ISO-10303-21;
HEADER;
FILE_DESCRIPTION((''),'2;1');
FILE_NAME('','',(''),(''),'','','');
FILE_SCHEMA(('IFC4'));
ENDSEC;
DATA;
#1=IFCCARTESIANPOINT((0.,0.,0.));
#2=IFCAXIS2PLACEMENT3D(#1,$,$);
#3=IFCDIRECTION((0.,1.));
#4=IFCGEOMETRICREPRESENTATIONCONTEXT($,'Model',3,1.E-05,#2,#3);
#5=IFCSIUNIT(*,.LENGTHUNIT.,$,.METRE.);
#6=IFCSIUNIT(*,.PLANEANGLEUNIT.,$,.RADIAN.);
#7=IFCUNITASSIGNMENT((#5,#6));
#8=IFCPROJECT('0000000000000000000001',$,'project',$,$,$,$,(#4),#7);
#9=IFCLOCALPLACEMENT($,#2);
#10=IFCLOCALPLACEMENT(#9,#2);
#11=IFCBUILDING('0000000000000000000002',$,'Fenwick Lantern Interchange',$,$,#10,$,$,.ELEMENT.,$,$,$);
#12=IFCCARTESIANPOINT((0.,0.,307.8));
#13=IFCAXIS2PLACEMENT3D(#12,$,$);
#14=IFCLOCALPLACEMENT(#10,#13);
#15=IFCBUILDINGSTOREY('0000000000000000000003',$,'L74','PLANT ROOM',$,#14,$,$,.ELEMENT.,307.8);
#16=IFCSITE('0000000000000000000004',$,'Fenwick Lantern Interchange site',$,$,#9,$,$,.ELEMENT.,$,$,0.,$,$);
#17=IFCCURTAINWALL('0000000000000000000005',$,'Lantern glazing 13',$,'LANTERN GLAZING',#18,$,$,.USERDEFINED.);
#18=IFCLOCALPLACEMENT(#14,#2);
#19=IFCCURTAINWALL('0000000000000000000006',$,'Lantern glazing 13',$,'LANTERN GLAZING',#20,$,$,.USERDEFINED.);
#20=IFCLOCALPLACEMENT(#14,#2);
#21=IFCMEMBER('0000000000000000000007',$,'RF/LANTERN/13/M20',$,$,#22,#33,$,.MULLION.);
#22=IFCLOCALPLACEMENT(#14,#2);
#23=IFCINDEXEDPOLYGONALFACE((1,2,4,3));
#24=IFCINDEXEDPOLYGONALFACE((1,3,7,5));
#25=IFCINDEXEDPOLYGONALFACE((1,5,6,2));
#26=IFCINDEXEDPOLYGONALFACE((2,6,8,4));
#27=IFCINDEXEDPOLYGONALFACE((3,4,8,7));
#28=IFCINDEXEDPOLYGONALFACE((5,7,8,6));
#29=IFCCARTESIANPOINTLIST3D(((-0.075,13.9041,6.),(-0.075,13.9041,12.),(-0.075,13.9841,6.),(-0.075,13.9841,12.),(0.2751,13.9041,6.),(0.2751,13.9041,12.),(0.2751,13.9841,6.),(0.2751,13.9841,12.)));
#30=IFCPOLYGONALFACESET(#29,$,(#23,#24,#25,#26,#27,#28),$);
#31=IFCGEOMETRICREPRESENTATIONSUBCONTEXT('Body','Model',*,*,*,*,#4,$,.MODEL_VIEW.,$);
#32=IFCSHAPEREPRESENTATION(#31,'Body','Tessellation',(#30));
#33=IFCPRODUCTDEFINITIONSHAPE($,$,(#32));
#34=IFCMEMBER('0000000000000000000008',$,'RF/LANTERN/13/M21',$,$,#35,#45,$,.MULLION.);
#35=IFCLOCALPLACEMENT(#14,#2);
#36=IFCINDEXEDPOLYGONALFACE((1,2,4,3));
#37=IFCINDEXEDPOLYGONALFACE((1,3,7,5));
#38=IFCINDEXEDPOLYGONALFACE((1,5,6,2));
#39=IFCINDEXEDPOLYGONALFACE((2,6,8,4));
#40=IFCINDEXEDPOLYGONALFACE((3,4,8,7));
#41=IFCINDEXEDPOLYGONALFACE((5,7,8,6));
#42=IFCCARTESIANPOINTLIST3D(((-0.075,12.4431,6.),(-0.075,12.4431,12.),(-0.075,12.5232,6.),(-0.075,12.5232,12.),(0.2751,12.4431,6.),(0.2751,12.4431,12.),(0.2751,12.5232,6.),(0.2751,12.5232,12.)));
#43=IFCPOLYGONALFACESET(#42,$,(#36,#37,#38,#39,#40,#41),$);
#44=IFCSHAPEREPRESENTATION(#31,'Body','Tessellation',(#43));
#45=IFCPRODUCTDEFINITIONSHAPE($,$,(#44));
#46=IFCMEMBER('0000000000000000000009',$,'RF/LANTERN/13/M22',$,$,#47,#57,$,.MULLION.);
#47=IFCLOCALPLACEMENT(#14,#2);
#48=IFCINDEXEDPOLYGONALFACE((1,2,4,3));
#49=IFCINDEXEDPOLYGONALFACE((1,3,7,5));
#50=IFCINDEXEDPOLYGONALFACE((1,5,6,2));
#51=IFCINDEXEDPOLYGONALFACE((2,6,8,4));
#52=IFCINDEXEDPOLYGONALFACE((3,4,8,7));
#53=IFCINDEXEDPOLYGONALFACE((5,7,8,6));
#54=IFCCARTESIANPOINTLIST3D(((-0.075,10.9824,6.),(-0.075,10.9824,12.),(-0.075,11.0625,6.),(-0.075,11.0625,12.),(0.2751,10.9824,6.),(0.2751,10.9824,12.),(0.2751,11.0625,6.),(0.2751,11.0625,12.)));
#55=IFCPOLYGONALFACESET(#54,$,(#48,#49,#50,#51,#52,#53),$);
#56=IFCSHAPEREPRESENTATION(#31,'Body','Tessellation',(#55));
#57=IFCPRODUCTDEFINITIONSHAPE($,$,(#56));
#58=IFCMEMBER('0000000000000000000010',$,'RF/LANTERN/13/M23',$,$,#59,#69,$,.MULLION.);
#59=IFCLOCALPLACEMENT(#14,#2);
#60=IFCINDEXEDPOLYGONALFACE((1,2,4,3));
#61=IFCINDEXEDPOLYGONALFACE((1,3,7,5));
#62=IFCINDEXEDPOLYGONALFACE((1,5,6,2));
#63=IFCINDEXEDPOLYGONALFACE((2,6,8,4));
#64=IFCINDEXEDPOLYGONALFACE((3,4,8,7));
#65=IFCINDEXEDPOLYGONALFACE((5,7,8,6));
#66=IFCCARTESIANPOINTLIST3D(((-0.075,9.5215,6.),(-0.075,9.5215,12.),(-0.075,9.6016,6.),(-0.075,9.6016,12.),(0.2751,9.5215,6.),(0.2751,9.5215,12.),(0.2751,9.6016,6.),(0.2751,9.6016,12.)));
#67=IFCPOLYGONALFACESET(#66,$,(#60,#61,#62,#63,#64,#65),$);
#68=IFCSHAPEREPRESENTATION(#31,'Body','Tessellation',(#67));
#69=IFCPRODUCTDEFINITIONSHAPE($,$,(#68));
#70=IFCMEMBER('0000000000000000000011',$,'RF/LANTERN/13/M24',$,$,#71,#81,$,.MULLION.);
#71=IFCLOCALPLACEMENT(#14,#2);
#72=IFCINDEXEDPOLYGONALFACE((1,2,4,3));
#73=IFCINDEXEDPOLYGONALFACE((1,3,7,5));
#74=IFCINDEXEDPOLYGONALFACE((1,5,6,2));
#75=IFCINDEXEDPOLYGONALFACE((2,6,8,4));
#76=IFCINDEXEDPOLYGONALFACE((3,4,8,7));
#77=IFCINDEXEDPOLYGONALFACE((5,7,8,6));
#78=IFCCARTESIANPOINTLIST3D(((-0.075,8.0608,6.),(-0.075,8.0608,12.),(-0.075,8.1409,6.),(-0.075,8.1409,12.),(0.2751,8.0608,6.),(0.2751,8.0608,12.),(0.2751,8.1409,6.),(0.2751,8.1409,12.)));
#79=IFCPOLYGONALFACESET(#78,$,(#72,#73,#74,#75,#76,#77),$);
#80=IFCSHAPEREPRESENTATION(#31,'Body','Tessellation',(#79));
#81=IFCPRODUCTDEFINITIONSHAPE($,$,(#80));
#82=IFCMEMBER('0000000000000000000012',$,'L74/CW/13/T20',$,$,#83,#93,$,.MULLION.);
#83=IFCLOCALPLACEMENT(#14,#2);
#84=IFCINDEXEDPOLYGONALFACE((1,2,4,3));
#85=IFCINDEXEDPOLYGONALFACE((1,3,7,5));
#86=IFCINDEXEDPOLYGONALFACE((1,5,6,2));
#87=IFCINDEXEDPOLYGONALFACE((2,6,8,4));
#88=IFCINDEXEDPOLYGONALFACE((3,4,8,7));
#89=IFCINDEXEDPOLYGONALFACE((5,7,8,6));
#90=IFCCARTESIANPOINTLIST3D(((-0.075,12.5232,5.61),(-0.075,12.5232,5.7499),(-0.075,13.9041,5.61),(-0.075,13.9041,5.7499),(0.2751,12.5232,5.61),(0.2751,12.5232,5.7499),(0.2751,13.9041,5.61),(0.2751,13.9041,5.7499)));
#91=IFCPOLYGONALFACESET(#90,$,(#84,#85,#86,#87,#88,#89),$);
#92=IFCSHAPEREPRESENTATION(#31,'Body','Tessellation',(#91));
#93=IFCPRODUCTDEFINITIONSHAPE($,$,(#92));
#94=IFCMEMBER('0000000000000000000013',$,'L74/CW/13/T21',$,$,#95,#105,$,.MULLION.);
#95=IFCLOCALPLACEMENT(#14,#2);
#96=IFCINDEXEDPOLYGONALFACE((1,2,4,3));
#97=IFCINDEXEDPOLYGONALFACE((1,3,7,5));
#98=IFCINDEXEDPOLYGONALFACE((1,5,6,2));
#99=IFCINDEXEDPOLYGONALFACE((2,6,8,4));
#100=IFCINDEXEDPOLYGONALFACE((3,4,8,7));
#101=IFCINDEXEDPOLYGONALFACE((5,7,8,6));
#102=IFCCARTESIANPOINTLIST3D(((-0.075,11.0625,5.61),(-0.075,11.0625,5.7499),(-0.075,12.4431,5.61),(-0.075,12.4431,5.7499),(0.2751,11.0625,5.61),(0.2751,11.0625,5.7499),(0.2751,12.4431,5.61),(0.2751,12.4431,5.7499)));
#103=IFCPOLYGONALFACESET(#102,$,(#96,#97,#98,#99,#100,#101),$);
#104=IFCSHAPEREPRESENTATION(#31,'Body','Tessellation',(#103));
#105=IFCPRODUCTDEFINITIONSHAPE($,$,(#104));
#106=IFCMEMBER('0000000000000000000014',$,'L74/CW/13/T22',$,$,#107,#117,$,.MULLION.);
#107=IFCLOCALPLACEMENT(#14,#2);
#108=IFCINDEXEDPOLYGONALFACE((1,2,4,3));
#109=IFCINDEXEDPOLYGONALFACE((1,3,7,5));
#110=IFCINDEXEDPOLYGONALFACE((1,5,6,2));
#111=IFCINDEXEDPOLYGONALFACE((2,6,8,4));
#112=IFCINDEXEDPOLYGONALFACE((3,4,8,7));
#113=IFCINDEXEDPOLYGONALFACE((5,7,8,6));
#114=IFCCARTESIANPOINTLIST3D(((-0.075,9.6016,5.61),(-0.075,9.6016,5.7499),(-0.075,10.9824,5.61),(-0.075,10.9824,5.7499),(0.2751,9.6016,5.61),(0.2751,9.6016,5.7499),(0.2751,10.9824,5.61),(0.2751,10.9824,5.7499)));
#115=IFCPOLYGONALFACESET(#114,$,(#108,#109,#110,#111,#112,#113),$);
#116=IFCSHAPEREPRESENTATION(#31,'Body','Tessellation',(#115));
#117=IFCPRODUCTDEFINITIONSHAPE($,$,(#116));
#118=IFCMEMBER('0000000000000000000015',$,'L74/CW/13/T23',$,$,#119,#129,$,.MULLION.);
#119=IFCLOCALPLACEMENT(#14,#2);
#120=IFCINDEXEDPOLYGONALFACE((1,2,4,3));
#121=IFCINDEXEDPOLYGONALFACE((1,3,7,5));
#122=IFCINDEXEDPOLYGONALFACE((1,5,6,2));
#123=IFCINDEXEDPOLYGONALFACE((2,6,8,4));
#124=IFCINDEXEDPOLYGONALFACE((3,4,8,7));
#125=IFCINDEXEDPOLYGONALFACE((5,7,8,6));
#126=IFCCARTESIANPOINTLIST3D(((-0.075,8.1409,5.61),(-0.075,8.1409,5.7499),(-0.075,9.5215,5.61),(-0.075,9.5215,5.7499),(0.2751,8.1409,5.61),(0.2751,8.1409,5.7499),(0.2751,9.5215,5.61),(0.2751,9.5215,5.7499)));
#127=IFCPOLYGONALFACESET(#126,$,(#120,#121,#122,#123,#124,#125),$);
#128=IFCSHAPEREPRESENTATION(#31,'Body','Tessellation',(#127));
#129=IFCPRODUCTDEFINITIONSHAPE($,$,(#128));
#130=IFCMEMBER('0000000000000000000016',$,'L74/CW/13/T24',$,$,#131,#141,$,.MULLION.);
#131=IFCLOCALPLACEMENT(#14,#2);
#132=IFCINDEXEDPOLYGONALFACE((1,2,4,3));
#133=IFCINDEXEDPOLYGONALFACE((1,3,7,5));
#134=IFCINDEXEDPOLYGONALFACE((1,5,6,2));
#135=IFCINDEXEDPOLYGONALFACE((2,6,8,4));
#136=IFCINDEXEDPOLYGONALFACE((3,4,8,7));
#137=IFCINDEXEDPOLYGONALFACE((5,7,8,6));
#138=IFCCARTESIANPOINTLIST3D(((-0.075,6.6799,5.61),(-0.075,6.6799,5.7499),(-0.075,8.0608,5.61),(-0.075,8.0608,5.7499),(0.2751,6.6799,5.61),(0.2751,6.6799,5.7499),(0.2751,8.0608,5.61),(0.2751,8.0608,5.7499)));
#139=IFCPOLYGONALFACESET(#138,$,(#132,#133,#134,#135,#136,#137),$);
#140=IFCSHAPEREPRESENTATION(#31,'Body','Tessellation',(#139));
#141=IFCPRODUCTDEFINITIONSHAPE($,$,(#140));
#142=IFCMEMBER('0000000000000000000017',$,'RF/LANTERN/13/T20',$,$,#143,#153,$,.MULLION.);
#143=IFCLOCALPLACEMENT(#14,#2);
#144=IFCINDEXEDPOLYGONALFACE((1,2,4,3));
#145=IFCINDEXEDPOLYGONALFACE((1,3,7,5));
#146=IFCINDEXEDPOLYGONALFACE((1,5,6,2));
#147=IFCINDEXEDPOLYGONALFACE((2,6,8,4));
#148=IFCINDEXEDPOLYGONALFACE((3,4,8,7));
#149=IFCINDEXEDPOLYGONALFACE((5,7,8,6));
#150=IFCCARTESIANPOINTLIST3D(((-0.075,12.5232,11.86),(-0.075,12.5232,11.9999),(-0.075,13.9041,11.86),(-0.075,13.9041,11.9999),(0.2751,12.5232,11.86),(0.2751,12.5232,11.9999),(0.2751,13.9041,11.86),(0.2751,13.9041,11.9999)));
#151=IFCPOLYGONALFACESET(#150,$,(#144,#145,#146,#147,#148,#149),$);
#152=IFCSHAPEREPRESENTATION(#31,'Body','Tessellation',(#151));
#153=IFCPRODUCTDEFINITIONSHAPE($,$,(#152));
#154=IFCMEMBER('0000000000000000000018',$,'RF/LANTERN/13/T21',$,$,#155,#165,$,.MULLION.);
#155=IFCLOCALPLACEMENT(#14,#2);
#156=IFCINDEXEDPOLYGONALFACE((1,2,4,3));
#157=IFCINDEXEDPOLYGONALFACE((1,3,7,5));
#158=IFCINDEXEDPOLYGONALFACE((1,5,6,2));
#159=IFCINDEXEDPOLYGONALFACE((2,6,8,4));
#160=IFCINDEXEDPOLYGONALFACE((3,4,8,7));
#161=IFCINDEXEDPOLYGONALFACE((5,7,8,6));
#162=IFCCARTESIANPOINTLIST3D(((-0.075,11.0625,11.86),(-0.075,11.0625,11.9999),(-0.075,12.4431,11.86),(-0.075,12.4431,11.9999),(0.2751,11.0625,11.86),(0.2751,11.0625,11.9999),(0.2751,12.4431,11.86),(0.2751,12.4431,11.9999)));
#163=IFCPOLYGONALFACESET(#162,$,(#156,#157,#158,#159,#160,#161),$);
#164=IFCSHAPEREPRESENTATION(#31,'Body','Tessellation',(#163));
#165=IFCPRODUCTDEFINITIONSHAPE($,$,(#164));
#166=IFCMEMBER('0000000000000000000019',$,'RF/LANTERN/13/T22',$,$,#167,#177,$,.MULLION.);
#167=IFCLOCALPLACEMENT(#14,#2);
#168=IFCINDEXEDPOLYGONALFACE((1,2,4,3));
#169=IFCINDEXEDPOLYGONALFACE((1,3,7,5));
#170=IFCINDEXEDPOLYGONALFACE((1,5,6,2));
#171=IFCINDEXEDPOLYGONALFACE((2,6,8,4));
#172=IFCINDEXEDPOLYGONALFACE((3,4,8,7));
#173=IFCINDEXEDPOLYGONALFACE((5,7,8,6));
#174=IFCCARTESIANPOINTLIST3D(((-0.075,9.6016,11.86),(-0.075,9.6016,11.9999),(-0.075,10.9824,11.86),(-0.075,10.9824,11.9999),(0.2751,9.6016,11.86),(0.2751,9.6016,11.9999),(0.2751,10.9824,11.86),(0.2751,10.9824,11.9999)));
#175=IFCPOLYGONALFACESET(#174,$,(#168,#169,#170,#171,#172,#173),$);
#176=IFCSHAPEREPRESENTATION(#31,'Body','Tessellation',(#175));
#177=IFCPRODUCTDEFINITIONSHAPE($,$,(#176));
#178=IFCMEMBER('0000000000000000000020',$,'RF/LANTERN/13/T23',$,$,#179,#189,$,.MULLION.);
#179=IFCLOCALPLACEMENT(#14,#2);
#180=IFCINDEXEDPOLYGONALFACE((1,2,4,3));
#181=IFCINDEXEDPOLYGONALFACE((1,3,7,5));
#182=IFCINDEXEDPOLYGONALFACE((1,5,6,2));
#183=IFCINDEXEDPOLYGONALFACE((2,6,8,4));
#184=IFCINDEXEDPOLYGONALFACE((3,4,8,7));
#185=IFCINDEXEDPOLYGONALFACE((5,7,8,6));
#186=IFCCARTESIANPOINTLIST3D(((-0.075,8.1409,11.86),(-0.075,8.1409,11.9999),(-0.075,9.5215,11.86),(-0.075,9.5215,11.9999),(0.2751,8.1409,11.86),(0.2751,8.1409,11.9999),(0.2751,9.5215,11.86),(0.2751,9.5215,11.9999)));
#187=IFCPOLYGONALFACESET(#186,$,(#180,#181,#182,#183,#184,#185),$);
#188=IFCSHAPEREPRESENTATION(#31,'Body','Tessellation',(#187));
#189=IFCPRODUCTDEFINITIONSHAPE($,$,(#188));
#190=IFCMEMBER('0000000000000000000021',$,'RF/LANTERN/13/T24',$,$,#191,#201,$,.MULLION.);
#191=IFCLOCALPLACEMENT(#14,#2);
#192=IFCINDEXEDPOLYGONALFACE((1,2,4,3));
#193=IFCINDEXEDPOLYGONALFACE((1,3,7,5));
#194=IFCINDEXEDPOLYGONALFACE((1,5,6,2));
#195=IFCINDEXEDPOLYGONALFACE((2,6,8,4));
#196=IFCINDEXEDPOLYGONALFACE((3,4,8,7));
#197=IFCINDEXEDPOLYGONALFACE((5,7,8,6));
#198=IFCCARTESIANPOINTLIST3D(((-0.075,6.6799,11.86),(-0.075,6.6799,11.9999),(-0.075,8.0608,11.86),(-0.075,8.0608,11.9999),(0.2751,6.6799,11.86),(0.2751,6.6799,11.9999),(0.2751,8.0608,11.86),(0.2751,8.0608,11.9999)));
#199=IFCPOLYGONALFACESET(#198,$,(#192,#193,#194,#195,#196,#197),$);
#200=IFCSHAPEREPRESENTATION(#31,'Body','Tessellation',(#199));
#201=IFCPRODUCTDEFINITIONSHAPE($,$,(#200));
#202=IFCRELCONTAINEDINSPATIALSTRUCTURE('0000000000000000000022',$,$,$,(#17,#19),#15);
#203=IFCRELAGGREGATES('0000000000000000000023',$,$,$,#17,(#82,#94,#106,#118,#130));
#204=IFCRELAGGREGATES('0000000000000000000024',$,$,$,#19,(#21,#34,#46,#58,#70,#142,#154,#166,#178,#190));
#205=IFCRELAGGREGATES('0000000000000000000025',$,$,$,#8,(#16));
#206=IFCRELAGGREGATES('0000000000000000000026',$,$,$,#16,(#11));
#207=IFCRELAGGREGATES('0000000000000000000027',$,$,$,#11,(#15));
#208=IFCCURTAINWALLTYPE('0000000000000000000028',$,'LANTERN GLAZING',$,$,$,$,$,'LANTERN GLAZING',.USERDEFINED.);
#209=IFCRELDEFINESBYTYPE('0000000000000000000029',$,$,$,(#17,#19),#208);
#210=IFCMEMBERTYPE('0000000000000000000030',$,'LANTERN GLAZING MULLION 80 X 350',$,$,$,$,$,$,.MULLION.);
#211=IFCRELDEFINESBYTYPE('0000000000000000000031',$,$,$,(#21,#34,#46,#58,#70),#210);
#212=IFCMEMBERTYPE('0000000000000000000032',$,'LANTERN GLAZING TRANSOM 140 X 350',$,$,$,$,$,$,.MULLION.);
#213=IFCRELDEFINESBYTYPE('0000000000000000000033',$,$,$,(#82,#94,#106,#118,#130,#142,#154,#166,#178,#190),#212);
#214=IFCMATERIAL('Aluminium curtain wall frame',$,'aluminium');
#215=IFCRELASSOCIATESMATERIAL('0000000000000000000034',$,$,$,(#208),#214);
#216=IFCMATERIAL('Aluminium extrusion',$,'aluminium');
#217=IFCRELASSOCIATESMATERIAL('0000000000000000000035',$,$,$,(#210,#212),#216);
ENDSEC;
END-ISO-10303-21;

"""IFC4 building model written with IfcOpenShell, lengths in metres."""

from ifc_helpers import new_model, si_unit, direction, frame, origin, origin_2d, place, context, subcontext, project, spatial, rectangle, extrude, material, material_profile, profile_set, type_object, element, aggregate, save


model = new_model("IFC4")

# Units and contexts
model_context = context("Model", 3, precision=1e-05, world=origin(), true_north=direction((0.0, 1.0)))
body_context = subcontext(model_context, "Body", "Model", "MODEL_VIEW")
ifc_project = project(units=[si_unit("LENGTHUNIT", "METRE"), si_unit("PLANEANGLEUNIT", "RADIAN")], contexts=[model_context])

# Site, building, storey
site_placement = place(None, origin())
site = spatial("IfcSite", under=ifc_project, at=site_placement, Name="Fenwick Lantern Interchange site", CompositionType="ELEMENT", RefElevation=0.0)
building_placement = place(site_placement, origin())
building = spatial("IfcBuilding", under=site, at=building_placement, Name="Fenwick Lantern Interchange", CompositionType="ELEMENT")
storey_placement = place(building_placement, frame((0.0, 0.0, 307.8)))
storey = spatial("IfcBuildingStorey", under=building, at=storey_placement, Name="L74", Description="PLANT ROOM", CompositionType="ELEMENT", Elevation=307.8)

# Curtain walls, members
ifc_material_1 = material(Name="Aluminium curtain wall frame", Category="aluminium")
curtain_wall_type = type_object("IfcCurtainWallType", Name="LANTERN GLAZING", ElementType="LANTERN GLAZING", PredefinedType="USERDEFINED", material=ifc_material_1)
curtain_wall_1_placement = place(storey_placement, origin())
curtain_wall_1 = element("IfcCurtainWall", 1, at=curtain_wall_1_placement, inside=storey, type_object=curtain_wall_type, Name="Lantern glazing 13", ObjectType="LANTERN GLAZING", PredefinedType="USERDEFINED")
ifc_material_2 = material(Name="Aluminium extrusion", Category="aluminium")
ifc_material_profile_1 = material_profile(ifc_material_2, rectangle(XDim=0.3501, YDim=0.0801, at=origin_2d()), Name="LANTERN GLAZING MULLION 80 X 350")
ifc_profile_set_1 = profile_set([ifc_material_profile_1], Name="Aluminium extrusion")
member_type_1 = type_object("IfcMemberType", Name="LANTERN GLAZING MULLION 80 X 350", PredefinedType="MULLION", material=ifc_profile_set_1)
curtain_wall_2_placement = place(storey_placement, origin())
curtain_wall_2 = element("IfcCurtainWall", 2, at=curtain_wall_2_placement, inside=storey, type_object=curtain_wall_type, Name="Lantern glazing 13", ObjectType="LANTERN GLAZING", PredefinedType="USERDEFINED")
member_1_placement = place(storey_placement, frame((0.1001, 13.9441, 6.0), z_axis=(0.0, 0.0, 1.0), x_axis=(1.0, 0.0, 0.0)))
member_1 = element("IfcMember", 3, at=member_1_placement, type_object=member_type_1, Name="RF/LANTERN/13/M20", PredefinedType="MULLION", context=body_context, shape_type="SweptSolid", body=[
    extrude(rectangle(XDim=0.3501, YDim=0.0801, at=origin_2d()), origin(), (0.0, 0.0, 1.0), 6.0),
])
member_2_placement = place(storey_placement, frame((0.1001, 12.4832, 6.0), z_axis=(0.0, 0.0, 1.0), x_axis=(1.0, 0.0, 0.0)))
member_2 = element("IfcMember", 4, at=member_2_placement, type_object=member_type_1, Name="RF/LANTERN/13/M21", PredefinedType="MULLION", context=body_context, shape_type="SweptSolid", body=[
    extrude(rectangle(XDim=0.3501, YDim=0.0801, at=origin_2d()), origin(), (0.0, 0.0, 1.0), 6.0),
])
member_3_placement = place(storey_placement, frame((0.1001, 11.0225, 6.0), z_axis=(0.0, 0.0, 1.0), x_axis=(1.0, 0.0, 0.0)))
member_3 = element("IfcMember", 5, at=member_3_placement, type_object=member_type_1, Name="RF/LANTERN/13/M22", PredefinedType="MULLION", context=body_context, shape_type="SweptSolid", body=[
    extrude(rectangle(XDim=0.3501, YDim=0.0801, at=origin_2d()), origin(), (0.0, 0.0, 1.0), 6.0),
])
member_4_placement = place(storey_placement, frame((0.1001, 9.5615, 6.0), z_axis=(0.0, 0.0, 1.0), x_axis=(1.0, 0.0, 0.0)))
member_4 = element("IfcMember", 6, at=member_4_placement, type_object=member_type_1, Name="RF/LANTERN/13/M23", PredefinedType="MULLION", context=body_context, shape_type="SweptSolid", body=[
    extrude(rectangle(XDim=0.3501, YDim=0.0801, at=origin_2d()), origin(), (0.0, 0.0, 1.0), 6.0),
])
member_5_placement = place(storey_placement, frame((0.1001, 8.1008, 6.0), z_axis=(0.0, 0.0, 1.0), x_axis=(1.0, 0.0, 0.0)))
member_5 = element("IfcMember", 7, at=member_5_placement, type_object=member_type_1, Name="RF/LANTERN/13/M24", PredefinedType="MULLION", context=body_context, shape_type="SweptSolid", body=[
    extrude(rectangle(XDim=0.3501, YDim=0.0801, at=origin_2d()), origin(), (0.0, 0.0, 1.0), 6.0),
])

# Members
ifc_material_profile_2 = material_profile(ifc_material_2, rectangle(XDim=0.3501, YDim=0.1399, at=origin_2d()), Name="LANTERN GLAZING TRANSOM 140 X 350")
ifc_profile_set_2 = profile_set([ifc_material_profile_2], Name="Aluminium extrusion")
member_type_2 = type_object("IfcMemberType", Name="LANTERN GLAZING TRANSOM 140 X 350", PredefinedType="MULLION", material=ifc_profile_set_2)
member_6_placement = place(storey_placement, frame((0.1001, 13.9041, 5.6799), z_axis=(0.0, -1.0, 0.0), x_axis=(1.0, 0.0, 0.0)))
member_6 = element("IfcMember", 8, at=member_6_placement, type_object=member_type_2, Name="L74/CW/13/T20", PredefinedType="MULLION", context=body_context, shape_type="SweptSolid", body=[
    extrude(rectangle(XDim=0.3501, YDim=0.1399, at=origin_2d()), origin(), (0.0, 0.0, 1.0), 1.3809),
])
member_7_placement = place(storey_placement, frame((0.1001, 12.4431, 5.6799), z_axis=(0.0, -1.0, 0.0), x_axis=(1.0, 0.0, 0.0)))
member_7 = element("IfcMember", 9, at=member_7_placement, type_object=member_type_2, Name="L74/CW/13/T21", PredefinedType="MULLION", context=body_context, shape_type="SweptSolid", body=[
    extrude(rectangle(XDim=0.3501, YDim=0.1399, at=origin_2d()), origin(), (0.0, 0.0, 1.0), 1.3806),
])
member_8_placement = place(storey_placement, frame((0.1001, 10.9824, 5.6799), z_axis=(0.0, -1.0, 0.0), x_axis=(1.0, 0.0, 0.0)))
member_8 = element("IfcMember", 10, at=member_8_placement, type_object=member_type_2, Name="L74/CW/13/T22", PredefinedType="MULLION", context=body_context, shape_type="SweptSolid", body=[
    extrude(rectangle(XDim=0.3501, YDim=0.1399, at=origin_2d()), origin(), (0.0, 0.0, 1.0), 1.3809),
])
member_9_placement = place(storey_placement, frame((0.1001, 9.5215, 5.6799), z_axis=(0.0, -1.0, 0.0), x_axis=(1.0, 0.0, 0.0)))
member_9 = element("IfcMember", 11, at=member_9_placement, type_object=member_type_2, Name="L74/CW/13/T23", PredefinedType="MULLION", context=body_context, shape_type="SweptSolid", body=[
    extrude(rectangle(XDim=0.3501, YDim=0.1399, at=origin_2d()), origin(), (0.0, 0.0, 1.0), 1.3806),
])
member_10_placement = place(storey_placement, frame((0.1001, 8.0608, 5.6799), z_axis=(0.0, -1.0, 0.0), x_axis=(1.0, 0.0, 0.0)))
member_10 = element("IfcMember", 12, at=member_10_placement, type_object=member_type_2, Name="L74/CW/13/T24", PredefinedType="MULLION", context=body_context, shape_type="SweptSolid", body=[
    extrude(rectangle(XDim=0.3501, YDim=0.1399, at=origin_2d()), origin(), (0.0, 0.0, 1.0), 1.3809),
])
member_11_placement = place(storey_placement, frame((0.1001, 13.9041, 11.9299), z_axis=(0.0, -1.0, 0.0), x_axis=(1.0, 0.0, 0.0)))
member_11 = element("IfcMember", 13, at=member_11_placement, type_object=member_type_2, Name="RF/LANTERN/13/T20", PredefinedType="MULLION", context=body_context, shape_type="SweptSolid", body=[
    extrude(rectangle(XDim=0.3501, YDim=0.1399, at=origin_2d()), origin(), (0.0, 0.0, 1.0), 1.3809),
])
member_12_placement = place(storey_placement, frame((0.1001, 12.4431, 11.9299), z_axis=(0.0, -1.0, 0.0), x_axis=(1.0, 0.0, 0.0)))
member_12 = element("IfcMember", 14, at=member_12_placement, type_object=member_type_2, Name="RF/LANTERN/13/T21", PredefinedType="MULLION", context=body_context, shape_type="SweptSolid", body=[
    extrude(rectangle(XDim=0.3501, YDim=0.1399, at=origin_2d()), origin(), (0.0, 0.0, 1.0), 1.3806),
])
member_13_placement = place(storey_placement, frame((0.1001, 10.9824, 11.9299), z_axis=(0.0, -1.0, 0.0), x_axis=(1.0, 0.0, 0.0)))
member_13 = element("IfcMember", 15, at=member_13_placement, type_object=member_type_2, Name="RF/LANTERN/13/T22", PredefinedType="MULLION", context=body_context, shape_type="SweptSolid", body=[
    extrude(rectangle(XDim=0.3501, YDim=0.1399, at=origin_2d()), origin(), (0.0, 0.0, 1.0), 1.3809),
])
member_14_placement = place(storey_placement, frame((0.1001, 9.5215, 11.9299), z_axis=(0.0, -1.0, 0.0), x_axis=(1.0, 0.0, 0.0)))
member_14 = element("IfcMember", 16, at=member_14_placement, type_object=member_type_2, Name="RF/LANTERN/13/T23", PredefinedType="MULLION", context=body_context, shape_type="SweptSolid", body=[
    extrude(rectangle(XDim=0.3501, YDim=0.1399, at=origin_2d()), origin(), (0.0, 0.0, 1.0), 1.3806),
])
member_15_placement = place(storey_placement, frame((0.1001, 8.0608, 11.9299), z_axis=(0.0, -1.0, 0.0), x_axis=(1.0, 0.0, 0.0)))
member_15 = element("IfcMember", 17, at=member_15_placement, type_object=member_type_2, Name="RF/LANTERN/13/T24", PredefinedType="MULLION", context=body_context, shape_type="SweptSolid", body=[
    extrude(rectangle(XDim=0.3501, YDim=0.1399, at=origin_2d()), origin(), (0.0, 0.0, 1.0), 1.3809),
])

aggregate(curtain_wall_1, [member_6, member_7, member_8, member_9, member_10])
aggregate(curtain_wall_2, [member_1, member_2, member_3, member_4, member_5, member_11, member_12, member_13, member_14, member_15])

save(model, "model.ifc")
